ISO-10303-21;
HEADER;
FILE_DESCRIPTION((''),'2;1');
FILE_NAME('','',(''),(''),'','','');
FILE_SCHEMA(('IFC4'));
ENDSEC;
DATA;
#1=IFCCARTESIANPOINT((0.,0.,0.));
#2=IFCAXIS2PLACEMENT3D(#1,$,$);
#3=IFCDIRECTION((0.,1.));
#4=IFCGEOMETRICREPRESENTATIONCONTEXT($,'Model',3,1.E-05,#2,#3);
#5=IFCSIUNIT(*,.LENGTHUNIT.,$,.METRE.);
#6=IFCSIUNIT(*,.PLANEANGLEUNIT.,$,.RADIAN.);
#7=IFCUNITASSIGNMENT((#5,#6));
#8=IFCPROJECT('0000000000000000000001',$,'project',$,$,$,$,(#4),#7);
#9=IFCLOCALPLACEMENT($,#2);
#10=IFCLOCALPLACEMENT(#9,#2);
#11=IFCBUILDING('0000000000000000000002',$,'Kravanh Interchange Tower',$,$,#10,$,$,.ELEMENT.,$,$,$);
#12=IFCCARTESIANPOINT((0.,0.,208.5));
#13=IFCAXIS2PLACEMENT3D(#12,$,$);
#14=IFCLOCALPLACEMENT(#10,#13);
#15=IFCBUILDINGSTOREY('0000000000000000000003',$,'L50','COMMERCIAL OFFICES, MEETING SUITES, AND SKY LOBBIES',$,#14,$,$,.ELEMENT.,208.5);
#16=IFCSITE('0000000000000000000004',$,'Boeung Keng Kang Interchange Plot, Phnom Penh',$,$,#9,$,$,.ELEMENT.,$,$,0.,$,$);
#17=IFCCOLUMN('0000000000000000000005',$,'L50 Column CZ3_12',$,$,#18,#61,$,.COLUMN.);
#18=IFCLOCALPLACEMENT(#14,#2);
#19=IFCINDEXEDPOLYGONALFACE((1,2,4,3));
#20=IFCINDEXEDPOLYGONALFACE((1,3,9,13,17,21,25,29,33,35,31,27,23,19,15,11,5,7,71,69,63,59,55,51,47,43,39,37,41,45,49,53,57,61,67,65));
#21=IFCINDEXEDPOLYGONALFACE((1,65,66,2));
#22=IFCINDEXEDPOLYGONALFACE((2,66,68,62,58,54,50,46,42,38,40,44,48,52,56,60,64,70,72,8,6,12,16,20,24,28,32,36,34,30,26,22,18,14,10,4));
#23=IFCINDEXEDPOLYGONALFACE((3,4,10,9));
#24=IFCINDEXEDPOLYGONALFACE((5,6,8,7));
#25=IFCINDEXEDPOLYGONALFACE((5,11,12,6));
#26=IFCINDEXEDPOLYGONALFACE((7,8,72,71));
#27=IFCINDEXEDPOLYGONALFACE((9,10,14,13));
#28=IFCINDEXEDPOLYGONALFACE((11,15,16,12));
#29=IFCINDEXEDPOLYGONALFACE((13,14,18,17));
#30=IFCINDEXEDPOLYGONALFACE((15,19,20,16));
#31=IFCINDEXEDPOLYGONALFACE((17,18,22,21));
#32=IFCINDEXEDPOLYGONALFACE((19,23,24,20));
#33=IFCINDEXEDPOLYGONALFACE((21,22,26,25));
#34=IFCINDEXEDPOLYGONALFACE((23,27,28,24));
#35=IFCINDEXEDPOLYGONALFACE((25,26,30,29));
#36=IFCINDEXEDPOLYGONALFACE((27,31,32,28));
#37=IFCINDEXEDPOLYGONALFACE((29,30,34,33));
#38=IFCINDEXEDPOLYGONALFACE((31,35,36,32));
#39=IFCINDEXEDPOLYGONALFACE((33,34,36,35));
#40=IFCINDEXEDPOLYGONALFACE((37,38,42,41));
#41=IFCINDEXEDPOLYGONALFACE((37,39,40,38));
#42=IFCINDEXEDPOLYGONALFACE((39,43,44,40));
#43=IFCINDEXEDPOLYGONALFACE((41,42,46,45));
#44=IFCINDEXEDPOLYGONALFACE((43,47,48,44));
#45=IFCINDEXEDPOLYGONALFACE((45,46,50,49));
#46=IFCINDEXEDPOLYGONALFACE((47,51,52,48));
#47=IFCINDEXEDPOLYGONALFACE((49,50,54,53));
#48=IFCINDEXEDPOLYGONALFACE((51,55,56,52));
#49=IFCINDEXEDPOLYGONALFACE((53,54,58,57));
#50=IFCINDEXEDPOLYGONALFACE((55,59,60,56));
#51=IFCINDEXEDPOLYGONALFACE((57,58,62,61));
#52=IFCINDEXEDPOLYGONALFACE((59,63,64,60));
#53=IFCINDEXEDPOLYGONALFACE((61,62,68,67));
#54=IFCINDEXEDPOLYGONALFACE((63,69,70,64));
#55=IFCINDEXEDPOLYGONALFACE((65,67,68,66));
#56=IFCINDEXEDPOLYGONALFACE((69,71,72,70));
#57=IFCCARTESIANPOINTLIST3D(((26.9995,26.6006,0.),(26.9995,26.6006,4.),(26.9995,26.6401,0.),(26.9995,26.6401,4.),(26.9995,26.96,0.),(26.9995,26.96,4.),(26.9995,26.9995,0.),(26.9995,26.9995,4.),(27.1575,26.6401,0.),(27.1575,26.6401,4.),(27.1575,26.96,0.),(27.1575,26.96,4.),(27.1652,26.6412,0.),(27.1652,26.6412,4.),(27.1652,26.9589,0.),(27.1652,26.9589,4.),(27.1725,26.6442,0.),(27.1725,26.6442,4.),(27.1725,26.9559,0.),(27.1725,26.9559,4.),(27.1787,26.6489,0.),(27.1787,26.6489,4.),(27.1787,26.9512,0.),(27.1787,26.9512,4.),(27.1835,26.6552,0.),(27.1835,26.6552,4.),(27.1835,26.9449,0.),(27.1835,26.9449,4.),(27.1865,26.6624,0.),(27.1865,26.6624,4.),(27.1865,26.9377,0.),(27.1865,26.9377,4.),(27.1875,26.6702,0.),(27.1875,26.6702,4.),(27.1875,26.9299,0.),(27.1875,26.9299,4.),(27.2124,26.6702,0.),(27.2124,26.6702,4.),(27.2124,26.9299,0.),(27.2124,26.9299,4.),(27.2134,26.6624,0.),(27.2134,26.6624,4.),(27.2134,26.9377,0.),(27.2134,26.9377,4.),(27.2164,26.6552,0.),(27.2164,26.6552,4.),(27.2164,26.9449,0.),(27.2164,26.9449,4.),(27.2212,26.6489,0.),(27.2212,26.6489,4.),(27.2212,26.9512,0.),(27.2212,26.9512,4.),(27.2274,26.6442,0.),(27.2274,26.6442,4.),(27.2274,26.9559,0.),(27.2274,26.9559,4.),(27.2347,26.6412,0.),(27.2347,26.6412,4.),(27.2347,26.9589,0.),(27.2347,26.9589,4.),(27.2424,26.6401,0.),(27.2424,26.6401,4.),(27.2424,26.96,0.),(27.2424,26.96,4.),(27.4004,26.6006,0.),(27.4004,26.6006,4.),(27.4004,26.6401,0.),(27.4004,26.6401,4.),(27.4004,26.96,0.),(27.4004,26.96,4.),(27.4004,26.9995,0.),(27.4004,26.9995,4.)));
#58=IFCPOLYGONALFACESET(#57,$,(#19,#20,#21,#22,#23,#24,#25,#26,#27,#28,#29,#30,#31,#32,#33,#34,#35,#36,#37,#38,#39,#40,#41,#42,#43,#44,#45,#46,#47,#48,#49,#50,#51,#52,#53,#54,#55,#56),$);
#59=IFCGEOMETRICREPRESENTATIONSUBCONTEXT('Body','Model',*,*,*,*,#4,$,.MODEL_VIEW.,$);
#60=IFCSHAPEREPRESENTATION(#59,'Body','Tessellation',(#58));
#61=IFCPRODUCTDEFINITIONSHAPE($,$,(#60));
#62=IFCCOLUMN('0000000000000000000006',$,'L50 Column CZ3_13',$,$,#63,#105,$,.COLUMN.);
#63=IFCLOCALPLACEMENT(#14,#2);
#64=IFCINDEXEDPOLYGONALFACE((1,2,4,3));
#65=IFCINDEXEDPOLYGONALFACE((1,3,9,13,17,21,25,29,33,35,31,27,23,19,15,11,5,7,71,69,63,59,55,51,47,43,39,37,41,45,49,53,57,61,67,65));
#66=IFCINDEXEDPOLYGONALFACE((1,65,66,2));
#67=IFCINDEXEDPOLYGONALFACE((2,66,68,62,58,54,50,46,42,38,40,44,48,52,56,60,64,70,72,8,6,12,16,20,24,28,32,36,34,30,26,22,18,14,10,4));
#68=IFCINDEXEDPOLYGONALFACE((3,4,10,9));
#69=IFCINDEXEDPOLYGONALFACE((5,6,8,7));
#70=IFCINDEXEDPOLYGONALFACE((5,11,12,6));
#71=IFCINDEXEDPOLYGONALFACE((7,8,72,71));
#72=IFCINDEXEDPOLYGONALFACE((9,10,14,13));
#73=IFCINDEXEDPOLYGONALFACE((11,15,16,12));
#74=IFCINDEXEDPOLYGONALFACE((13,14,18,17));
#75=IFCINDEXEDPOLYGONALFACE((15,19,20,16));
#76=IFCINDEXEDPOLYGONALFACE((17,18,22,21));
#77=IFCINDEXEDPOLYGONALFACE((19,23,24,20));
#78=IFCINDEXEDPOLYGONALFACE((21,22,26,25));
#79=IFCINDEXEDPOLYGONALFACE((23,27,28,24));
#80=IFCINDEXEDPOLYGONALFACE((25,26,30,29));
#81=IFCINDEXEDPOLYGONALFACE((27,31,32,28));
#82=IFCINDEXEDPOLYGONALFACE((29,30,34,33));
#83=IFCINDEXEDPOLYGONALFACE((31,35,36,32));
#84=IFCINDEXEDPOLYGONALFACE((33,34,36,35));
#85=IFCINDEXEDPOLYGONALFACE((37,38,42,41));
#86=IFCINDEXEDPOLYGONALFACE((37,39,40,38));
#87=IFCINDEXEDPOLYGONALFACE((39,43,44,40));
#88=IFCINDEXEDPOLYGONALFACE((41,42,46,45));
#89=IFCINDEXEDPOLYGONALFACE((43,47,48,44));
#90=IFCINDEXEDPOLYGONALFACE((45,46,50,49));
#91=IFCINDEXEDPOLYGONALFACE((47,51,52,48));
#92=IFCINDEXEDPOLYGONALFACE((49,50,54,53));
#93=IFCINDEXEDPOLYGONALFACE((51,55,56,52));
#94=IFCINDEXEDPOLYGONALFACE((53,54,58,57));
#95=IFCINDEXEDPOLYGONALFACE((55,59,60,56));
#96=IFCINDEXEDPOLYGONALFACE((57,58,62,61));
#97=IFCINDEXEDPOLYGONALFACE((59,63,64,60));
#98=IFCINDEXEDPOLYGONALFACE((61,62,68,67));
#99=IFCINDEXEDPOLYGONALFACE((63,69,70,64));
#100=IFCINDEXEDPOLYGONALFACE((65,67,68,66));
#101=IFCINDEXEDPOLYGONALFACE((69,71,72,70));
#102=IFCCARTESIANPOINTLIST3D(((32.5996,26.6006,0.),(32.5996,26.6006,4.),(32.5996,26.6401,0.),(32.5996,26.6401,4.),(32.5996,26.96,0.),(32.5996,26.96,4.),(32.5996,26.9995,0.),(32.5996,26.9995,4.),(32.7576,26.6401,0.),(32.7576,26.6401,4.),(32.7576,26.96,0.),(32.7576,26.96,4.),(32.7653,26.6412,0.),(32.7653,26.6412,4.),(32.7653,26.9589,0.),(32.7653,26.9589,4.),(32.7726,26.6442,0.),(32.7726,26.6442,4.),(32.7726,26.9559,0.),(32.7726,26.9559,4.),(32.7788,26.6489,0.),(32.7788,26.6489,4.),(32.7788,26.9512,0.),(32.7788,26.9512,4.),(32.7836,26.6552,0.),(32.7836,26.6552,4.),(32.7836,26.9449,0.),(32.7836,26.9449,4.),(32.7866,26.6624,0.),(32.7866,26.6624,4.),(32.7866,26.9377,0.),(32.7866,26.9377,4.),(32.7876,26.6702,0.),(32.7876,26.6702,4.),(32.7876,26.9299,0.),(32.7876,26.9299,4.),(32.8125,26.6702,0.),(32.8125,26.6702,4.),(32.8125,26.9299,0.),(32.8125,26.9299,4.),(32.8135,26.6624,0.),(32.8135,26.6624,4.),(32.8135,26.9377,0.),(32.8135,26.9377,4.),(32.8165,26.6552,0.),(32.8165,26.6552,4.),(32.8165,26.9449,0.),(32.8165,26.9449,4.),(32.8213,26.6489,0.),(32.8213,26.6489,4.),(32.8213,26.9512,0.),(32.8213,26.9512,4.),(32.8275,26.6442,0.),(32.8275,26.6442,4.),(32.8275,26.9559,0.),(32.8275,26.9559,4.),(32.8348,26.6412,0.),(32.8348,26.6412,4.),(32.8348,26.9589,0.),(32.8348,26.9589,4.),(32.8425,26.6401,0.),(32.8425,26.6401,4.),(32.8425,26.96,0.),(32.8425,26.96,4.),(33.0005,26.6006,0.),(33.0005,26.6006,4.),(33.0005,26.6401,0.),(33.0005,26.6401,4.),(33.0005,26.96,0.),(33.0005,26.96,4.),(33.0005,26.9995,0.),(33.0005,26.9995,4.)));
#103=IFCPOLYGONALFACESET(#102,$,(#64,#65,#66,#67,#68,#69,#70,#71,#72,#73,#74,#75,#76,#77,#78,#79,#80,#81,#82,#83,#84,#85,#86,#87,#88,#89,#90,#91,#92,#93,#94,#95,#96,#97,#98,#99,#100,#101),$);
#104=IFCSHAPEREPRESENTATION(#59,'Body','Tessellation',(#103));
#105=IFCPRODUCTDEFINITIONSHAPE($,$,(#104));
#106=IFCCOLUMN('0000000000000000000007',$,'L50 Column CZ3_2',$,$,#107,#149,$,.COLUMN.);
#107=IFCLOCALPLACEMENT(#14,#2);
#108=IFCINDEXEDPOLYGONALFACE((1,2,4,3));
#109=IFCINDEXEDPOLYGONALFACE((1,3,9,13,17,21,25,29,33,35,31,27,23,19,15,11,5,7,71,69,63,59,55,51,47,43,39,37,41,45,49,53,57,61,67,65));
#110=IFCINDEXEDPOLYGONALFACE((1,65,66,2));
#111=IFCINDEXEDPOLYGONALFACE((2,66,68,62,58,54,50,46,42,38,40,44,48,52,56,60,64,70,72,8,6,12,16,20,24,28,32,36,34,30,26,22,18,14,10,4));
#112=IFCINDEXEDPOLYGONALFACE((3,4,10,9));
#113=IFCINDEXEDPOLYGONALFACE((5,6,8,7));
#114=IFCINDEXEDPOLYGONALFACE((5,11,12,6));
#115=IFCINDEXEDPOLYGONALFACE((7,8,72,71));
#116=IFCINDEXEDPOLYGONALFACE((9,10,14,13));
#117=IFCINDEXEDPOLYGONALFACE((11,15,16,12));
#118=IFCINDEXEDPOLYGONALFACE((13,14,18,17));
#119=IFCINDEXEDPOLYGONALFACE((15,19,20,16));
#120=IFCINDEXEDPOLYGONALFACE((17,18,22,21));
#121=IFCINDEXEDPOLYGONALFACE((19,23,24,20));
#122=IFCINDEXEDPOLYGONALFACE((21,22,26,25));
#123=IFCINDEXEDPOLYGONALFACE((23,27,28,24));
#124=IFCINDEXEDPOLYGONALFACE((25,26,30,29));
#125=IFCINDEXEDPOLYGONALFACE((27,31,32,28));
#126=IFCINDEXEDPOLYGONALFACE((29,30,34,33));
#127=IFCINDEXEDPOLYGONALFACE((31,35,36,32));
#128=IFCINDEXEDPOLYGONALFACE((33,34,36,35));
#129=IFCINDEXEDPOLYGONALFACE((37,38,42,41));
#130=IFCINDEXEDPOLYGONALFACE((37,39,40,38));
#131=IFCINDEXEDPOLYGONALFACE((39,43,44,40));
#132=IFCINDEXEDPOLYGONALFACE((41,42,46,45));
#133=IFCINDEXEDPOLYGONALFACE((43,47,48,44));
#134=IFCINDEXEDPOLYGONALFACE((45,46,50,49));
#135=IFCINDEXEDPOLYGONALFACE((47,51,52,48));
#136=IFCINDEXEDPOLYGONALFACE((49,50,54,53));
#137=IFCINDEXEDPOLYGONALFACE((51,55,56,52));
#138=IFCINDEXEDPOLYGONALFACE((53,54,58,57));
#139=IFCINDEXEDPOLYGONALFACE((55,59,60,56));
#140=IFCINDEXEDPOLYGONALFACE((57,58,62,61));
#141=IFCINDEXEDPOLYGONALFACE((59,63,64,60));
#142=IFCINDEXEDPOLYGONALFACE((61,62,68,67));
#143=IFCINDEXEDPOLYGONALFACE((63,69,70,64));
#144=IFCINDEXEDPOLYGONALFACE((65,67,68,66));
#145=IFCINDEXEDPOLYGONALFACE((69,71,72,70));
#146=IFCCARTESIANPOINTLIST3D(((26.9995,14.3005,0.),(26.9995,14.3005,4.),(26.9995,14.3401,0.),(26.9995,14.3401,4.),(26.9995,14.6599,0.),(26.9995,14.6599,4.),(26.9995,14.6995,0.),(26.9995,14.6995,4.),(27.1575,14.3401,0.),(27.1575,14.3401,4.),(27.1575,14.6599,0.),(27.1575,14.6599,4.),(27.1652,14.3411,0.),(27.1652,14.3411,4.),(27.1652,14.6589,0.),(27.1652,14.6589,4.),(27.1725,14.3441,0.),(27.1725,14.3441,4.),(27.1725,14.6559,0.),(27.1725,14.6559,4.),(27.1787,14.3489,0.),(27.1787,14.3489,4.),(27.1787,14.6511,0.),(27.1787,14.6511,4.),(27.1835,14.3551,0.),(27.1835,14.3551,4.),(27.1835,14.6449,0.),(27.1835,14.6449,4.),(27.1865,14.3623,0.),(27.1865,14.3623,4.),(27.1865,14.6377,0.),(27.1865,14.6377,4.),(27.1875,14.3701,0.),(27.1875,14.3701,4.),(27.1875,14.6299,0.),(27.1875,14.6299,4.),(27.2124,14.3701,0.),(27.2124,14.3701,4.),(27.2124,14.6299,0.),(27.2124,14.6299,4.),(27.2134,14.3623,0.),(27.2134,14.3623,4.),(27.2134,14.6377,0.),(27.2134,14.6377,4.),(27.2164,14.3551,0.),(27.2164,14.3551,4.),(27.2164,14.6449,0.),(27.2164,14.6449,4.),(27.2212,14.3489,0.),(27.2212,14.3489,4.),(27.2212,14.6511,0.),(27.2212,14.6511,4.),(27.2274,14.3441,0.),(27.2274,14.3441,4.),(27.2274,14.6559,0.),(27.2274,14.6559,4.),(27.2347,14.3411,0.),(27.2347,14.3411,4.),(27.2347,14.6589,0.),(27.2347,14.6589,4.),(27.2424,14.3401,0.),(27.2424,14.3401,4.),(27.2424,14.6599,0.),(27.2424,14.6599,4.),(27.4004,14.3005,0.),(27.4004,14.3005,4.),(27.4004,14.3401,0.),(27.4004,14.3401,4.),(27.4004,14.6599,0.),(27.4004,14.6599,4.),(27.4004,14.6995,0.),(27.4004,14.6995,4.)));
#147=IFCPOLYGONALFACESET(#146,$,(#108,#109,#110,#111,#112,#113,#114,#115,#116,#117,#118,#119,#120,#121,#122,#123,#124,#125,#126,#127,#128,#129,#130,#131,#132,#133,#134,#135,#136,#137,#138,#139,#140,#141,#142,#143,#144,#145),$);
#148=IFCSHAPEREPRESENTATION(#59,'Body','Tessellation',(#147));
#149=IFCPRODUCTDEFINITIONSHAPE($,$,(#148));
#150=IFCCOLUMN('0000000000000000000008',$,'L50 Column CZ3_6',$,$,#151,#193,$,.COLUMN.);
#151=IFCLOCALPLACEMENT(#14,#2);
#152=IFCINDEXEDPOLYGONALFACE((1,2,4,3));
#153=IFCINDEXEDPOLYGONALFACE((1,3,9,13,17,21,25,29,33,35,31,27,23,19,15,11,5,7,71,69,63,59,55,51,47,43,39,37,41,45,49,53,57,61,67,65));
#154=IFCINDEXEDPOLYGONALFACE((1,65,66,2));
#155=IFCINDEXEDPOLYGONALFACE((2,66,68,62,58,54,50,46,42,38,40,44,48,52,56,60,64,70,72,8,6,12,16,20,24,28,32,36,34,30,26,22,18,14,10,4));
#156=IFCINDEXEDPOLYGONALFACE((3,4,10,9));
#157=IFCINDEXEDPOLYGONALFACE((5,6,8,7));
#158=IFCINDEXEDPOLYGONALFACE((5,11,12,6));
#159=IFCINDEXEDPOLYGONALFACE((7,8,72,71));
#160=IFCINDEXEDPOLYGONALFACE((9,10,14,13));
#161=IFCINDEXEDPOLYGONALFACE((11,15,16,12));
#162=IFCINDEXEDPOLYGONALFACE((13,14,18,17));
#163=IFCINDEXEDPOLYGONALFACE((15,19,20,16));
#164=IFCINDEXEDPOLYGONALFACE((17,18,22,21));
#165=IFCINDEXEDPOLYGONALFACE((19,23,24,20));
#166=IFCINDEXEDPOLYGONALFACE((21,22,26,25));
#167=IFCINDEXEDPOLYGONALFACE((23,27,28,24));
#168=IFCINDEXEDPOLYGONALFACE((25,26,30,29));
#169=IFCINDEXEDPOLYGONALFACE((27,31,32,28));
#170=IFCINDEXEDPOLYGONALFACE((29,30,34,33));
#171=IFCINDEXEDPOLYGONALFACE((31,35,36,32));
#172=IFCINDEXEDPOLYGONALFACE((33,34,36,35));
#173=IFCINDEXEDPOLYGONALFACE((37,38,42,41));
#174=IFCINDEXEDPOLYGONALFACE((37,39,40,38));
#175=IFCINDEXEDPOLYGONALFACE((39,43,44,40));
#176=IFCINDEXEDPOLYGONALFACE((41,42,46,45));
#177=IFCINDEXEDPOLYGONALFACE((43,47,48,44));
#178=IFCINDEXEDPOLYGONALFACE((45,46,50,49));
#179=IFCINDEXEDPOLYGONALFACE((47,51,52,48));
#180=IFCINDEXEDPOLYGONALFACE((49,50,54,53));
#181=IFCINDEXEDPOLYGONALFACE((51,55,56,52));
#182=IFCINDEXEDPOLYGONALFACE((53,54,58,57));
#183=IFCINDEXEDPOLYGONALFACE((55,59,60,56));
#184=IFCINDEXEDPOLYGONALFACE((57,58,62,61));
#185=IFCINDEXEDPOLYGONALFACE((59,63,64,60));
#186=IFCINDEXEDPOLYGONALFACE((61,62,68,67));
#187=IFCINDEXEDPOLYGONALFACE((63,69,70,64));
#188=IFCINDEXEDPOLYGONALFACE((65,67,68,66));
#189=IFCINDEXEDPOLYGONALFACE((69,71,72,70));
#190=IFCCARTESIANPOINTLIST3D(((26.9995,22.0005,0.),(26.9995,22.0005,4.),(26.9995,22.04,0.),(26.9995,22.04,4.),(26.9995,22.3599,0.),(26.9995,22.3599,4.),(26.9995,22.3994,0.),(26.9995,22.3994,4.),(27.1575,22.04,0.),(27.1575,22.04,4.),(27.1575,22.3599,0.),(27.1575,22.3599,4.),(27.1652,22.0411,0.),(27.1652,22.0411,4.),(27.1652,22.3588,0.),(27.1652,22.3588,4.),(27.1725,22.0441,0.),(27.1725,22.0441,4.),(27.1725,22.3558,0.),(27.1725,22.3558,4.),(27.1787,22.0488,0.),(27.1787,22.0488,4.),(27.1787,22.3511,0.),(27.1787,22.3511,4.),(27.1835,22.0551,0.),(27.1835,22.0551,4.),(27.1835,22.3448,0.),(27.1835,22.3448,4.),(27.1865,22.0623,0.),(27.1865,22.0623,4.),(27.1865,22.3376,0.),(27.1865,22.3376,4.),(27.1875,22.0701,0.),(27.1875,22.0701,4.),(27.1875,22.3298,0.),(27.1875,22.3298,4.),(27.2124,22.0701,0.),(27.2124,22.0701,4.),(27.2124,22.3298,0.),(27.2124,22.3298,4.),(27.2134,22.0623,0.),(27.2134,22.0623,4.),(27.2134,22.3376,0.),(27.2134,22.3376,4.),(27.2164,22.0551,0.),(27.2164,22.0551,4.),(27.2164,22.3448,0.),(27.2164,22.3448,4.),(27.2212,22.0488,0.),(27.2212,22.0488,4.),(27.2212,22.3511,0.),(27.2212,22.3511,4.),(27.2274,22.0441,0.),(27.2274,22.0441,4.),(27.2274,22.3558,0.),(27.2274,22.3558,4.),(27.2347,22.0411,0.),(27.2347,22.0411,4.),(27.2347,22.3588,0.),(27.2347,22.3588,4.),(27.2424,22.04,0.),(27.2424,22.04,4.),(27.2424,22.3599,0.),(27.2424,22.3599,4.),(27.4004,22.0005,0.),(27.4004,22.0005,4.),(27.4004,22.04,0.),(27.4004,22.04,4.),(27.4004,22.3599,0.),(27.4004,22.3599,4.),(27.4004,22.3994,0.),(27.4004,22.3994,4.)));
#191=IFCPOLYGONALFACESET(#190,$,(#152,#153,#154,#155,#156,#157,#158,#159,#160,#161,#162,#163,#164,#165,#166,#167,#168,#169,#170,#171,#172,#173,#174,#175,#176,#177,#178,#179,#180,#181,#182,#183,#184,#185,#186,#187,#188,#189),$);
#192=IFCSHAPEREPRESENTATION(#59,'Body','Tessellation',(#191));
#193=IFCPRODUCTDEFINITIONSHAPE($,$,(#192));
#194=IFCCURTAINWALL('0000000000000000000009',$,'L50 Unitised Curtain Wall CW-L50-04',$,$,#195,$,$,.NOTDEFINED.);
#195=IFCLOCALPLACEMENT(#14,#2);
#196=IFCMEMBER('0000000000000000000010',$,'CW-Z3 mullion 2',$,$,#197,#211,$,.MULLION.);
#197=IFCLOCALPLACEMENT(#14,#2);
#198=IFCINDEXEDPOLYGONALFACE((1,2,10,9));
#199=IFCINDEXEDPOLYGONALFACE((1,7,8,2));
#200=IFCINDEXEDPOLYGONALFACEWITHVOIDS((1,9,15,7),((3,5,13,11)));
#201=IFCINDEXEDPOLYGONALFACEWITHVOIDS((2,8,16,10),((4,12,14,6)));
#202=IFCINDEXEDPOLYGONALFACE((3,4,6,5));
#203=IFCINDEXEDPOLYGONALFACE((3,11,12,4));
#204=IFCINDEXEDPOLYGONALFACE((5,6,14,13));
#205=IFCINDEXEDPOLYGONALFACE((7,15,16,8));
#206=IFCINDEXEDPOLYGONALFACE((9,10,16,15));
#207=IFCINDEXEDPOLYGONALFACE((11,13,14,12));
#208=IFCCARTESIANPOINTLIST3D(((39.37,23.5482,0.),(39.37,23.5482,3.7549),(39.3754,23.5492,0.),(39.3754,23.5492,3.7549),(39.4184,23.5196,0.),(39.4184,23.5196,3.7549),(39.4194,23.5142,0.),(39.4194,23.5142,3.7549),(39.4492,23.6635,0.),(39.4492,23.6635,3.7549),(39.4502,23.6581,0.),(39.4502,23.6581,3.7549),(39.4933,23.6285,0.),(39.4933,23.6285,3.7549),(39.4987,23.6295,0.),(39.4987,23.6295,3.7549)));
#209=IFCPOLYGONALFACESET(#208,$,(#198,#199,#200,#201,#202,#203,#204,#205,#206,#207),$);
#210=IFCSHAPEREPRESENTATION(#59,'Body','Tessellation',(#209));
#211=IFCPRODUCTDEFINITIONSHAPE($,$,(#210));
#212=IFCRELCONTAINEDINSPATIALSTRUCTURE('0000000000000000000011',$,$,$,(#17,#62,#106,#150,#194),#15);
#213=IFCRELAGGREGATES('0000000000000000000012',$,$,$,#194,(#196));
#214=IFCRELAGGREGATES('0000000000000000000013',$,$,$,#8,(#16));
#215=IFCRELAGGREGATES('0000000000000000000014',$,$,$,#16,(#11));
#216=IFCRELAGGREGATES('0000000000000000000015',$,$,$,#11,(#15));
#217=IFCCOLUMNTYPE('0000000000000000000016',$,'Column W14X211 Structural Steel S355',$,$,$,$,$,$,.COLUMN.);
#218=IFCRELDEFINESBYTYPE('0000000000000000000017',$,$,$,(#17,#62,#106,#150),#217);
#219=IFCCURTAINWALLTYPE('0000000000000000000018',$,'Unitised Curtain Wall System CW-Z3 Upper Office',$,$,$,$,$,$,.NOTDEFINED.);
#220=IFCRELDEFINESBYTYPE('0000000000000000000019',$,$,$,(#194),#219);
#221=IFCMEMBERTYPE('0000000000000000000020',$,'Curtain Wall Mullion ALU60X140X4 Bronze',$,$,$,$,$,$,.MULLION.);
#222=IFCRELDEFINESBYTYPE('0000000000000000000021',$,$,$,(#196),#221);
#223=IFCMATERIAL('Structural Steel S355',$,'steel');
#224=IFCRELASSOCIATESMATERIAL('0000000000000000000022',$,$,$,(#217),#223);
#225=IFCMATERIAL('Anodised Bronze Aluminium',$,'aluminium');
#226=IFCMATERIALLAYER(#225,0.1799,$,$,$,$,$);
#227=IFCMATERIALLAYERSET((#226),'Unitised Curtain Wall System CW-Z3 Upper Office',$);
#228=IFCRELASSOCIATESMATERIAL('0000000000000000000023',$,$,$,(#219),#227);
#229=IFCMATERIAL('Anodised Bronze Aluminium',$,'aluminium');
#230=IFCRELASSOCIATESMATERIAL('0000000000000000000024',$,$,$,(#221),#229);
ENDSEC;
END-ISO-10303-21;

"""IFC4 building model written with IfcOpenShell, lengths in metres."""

from ifc_helpers import new_model, si_unit, direction, frame, origin, origin_2d, place, context, subcontext, project, spatial, hollow_rectangle, i_section, extrude, material, layer, layer_set, material_profile, profile_set, type_object, element, aggregate, save


model = new_model("IFC4")

# Units and contexts
model_context = context("Model", 3, precision=1e-05, world=origin(), true_north=direction((0.0, 1.0)))
body_context = subcontext(model_context, "Body", "Model", "MODEL_VIEW")
ifc_project = project(units=[si_unit("LENGTHUNIT", "METRE"), si_unit("PLANEANGLEUNIT", "RADIAN")], contexts=[model_context])

# Site, building, storey
site_placement = place(None, origin())
site = spatial("IfcSite", under=ifc_project, at=site_placement, Name="Boeung Keng Kang Interchange Plot, Phnom Penh", CompositionType="ELEMENT", RefElevation=0.0)
building_placement = place(site_placement, origin())
building = spatial("IfcBuilding", under=site, at=building_placement, Name="Kravanh Interchange Tower", CompositionType="ELEMENT")
storey_placement = place(building_placement, frame((0.0, 0.0, 208.5)))
storey = spatial("IfcBuildingStorey", under=building, at=storey_placement, Name="L50", Description="COMMERCIAL OFFICES, MEETING SUITES, AND SKY LOBBIES", CompositionType="ELEMENT", Elevation=208.5)

# Columns
ifc_material_1 = material(Name="Structural Steel S355", Category="steel")
ifc_material_profile_1 = material_profile(ifc_material_1, i_section(OverallWidth=0.4009, OverallDepth=0.3989, WebThickness=0.0249, FlangeThickness=0.0396, FilletRadius=0.03, at=origin_2d()), Name="W14X211")
ifc_profile_set_1 = profile_set([ifc_material_profile_1], Name="Structural Steel S355")
column_type = type_object("IfcColumnType", Name="Column W14X211 Structural Steel S355", PredefinedType="COLUMN", material=ifc_profile_set_1)
for number, where, z_axis, x_axis, name in (
    (1, (27.2, 26.8, 0.0), (0.0, 0.0, 1.0), (1.0, 0.0, 0.0), "L50 Column CZ3_12"),
    (2, (32.8, 26.8, 0.0), (0.0, 0.0, 1.0), (1.0, 0.0, 0.0), "L50 Column CZ3_13"),
    (3, (27.2, 14.5, 0.0), (0.0, 0.0, 1.0), (1.0, 0.0, 0.0), "L50 Column CZ3_2"),
    (4, (27.2, 22.2, 0.0), (0.0, 0.0, 1.0), (1.0, 0.0, 0.0), "L50 Column CZ3_6"),
):
    element("IfcColumn", number, at=place(storey_placement, frame(where, z_axis=z_axis, x_axis=x_axis)), inside=storey, type_object=column_type, Name=name, PredefinedType="COLUMN", context=body_context, shape_type="SweptSolid", body=[
        extrude(i_section(OverallWidth=0.4009, OverallDepth=0.3989, WebThickness=0.0249, FlangeThickness=0.0396, FilletRadius=0.03, at=origin_2d()), origin(), (0.0, 0.0, 1.0), 4.0),
    ])

# Curtain wall, member
ifc_material_2 = material(Name="Anodised Bronze Aluminium", Category="aluminium")
ifc_layer_1 = layer(ifc_material_2, 0.1799)
ifc_layer_set_1 = layer_set([ifc_layer_1], Name="Unitised Curtain Wall System CW-Z3 Upper Office")
curtain_wall_type = type_object("IfcCurtainWallType", Name="Unitised Curtain Wall System CW-Z3 Upper Office", PredefinedType="NOTDEFINED", material=ifc_layer_set_1)
curtain_wall_1_placement = place(storey_placement, origin())
curtain_wall_1 = element("IfcCurtainWall", 5, at=curtain_wall_1_placement, inside=storey, type_object=curtain_wall_type, Name="L50 Unitised Curtain Wall CW-L50-04", PredefinedType="NOTDEFINED")
ifc_material_3 = material(Name="Anodised Bronze Aluminium", Category="aluminium")
ifc_material_profile_2 = material_profile(ifc_material_3, hollow_rectangle(XDim=0.0601, YDim=0.1399, WallThickness=0.0039, at=origin_2d()), Name="ALU60X140X4")
ifc_profile_set_2 = profile_set([ifc_material_profile_2], Name="Anodised Bronze Aluminium")
member_type_1 = type_object("IfcMemberType", Name="Curtain Wall Mullion ALU60X140X4 Bronze", PredefinedType="MULLION", material=ifc_profile_set_2)
member_1_placement = place(storey_placement, frame((39.4343, 23.5889, 0.0), z_axis=(0.0, 0.0, 1.0), x_axis=(0.824042, -0.566528, 0.0)))
member_1 = element("IfcMember", 6, at=member_1_placement, type_object=member_type_1, Name="CW-Z3 mullion 2", PredefinedType="MULLION", context=body_context, shape_type="SweptSolid", body=[
    extrude(hollow_rectangle(XDim=0.0601, YDim=0.1399, WallThickness=0.0039, at=origin_2d()), origin(), (0.0, 0.0, 1.0), 3.7549),
])

aggregate(curtain_wall_1, [member_1])

save(model, "model.ifc")
